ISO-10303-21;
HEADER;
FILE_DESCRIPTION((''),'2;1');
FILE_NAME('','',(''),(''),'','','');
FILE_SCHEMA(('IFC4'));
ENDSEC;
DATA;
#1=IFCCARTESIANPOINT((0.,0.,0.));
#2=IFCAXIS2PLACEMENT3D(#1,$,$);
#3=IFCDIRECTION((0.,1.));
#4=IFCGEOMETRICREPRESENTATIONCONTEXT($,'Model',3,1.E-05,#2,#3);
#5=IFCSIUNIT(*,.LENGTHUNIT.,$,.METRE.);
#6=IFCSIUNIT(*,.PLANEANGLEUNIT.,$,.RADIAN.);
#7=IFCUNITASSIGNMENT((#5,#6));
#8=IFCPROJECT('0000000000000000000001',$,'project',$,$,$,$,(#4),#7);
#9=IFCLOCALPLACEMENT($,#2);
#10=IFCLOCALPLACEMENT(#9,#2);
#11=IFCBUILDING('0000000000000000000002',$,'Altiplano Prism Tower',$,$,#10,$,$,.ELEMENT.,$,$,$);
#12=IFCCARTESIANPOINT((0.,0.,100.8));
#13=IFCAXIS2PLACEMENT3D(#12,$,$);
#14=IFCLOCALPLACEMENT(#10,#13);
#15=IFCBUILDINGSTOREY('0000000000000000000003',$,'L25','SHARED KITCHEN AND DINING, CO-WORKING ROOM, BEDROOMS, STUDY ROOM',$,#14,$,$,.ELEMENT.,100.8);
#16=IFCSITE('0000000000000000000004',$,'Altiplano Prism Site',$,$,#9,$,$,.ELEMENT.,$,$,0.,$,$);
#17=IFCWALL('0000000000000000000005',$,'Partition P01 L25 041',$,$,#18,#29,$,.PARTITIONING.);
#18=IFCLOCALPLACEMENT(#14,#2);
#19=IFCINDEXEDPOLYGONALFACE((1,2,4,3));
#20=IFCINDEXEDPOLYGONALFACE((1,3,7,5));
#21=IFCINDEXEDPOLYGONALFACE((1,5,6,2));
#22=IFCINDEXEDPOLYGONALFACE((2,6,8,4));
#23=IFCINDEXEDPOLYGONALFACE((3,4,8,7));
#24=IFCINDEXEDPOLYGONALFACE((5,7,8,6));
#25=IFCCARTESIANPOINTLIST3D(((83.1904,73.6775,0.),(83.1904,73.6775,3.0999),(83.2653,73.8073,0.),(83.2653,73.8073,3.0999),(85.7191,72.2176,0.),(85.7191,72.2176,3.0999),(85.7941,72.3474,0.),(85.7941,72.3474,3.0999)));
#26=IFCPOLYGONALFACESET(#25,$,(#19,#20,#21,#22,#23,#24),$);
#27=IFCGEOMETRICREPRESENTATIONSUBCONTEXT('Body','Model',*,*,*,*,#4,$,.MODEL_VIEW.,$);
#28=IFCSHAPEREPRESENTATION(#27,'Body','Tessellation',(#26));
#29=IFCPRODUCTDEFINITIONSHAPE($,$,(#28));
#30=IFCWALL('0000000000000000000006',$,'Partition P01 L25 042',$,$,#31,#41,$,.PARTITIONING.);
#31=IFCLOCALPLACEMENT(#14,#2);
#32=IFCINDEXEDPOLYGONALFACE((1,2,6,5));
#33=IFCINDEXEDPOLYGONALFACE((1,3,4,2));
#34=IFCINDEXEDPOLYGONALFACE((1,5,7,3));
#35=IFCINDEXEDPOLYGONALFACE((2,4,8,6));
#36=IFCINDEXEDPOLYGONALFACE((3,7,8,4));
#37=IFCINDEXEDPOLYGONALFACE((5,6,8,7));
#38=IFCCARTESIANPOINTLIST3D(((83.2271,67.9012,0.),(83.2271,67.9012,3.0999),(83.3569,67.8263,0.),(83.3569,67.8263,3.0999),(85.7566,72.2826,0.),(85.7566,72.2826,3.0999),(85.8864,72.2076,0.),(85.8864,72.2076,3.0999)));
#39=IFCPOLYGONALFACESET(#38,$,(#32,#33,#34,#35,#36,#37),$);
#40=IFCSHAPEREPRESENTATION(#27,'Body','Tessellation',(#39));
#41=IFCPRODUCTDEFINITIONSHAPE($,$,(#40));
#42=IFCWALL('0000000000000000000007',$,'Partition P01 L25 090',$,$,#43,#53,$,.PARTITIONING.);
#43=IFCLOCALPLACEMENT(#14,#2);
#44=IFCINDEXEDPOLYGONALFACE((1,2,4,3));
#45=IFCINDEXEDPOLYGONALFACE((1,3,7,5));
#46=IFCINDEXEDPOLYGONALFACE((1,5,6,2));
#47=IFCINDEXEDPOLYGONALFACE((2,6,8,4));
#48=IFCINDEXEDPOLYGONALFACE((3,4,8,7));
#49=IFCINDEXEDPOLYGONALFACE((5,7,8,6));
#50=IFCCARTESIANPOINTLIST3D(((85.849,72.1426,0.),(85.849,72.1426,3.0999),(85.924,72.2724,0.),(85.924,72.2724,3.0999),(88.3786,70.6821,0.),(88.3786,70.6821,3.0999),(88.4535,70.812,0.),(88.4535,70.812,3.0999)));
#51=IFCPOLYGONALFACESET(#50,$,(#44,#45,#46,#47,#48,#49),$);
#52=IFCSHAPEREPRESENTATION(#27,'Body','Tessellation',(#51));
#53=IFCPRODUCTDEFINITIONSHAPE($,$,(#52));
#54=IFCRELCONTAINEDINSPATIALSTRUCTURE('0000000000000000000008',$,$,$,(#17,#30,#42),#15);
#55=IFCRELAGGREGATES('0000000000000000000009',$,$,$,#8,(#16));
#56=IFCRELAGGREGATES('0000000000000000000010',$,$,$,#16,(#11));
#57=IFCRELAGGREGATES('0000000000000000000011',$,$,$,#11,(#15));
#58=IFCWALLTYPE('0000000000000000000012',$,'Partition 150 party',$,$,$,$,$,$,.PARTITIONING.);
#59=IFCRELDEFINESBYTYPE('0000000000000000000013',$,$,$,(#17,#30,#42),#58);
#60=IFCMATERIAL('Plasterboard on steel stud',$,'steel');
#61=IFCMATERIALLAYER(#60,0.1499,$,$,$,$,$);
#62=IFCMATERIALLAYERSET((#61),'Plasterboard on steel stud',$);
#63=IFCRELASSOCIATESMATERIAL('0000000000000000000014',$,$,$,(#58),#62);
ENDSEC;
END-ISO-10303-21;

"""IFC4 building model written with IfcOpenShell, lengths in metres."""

from ifc_helpers import new_model, si_unit, direction, frame, frame_2d, origin, place, context, subcontext, project, spatial, rectangle, extrude, material, layer, layer_set, type_object, element, save


model = new_model("IFC4")

# Units and contexts
model_context = context("Model", 3, precision=1e-05, world=origin(), true_north=direction((0.0, 1.0)))
body_context = subcontext(model_context, "Body", "Model", "MODEL_VIEW")
ifc_project = project(units=[si_unit("LENGTHUNIT", "METRE"), si_unit("PLANEANGLEUNIT", "RADIAN")], contexts=[model_context])

# Site, building, storey
site_placement = place(None, origin())
site = spatial("IfcSite", under=ifc_project, at=site_placement, Name="Altiplano Prism Site", CompositionType="ELEMENT", RefElevation=0.0)
building_placement = place(site_placement, origin())
building = spatial("IfcBuilding", under=site, at=building_placement, Name="Altiplano Prism Tower", CompositionType="ELEMENT")
storey_placement = place(building_placement, frame((0.0, 0.0, 100.8)))
storey = spatial("IfcBuildingStorey", under=building, at=storey_placement, Name="L25", Description="SHARED KITCHEN AND DINING, CO-WORKING ROOM, BEDROOMS, STUDY ROOM", CompositionType="ELEMENT", Elevation=100.8)

# Shared definitions
ifc_material_1 = material(Name="Plasterboard on steel stud", Category="steel")

# Walls
ifc_layer_1 = layer(ifc_material_1, 0.1499)
ifc_layer_set_1 = layer_set([ifc_layer_1], Name="Plasterboard on steel stud")
wall_type_1 = type_object("IfcWallType", Name="Partition 150 party", PredefinedType="PARTITIONING", material=ifc_layer_set_1)
wall_1_placement = place(storey_placement, frame((85.7566, 72.2825, 0.0), z_axis=(0.0, 0.0, 1.0), x_axis=(-0.866032, 0.499988, 0.0)))
element("IfcWall", 1, at=wall_1_placement, inside=storey, type_object=wall_type_1, Name="Partition P01 L25 041", PredefinedType="PARTITIONING", context=body_context, shape_type="SweptSolid", body=[
    extrude(rectangle(XDim=2.9199, YDim=0.1499, at=frame_2d((1.46, 0.0))), origin(), (0.0, 0.0, 1.0), 3.0999),
])
wall_2_placement = place(storey_placement, frame((83.292, 67.8638, 0.0), z_axis=(0.0, 0.0, 1.0), x_axis=(0.499995, 0.866028, 0.0)))
element("IfcWall", 2, at=wall_2_placement, inside=storey, type_object=wall_type_1, Name="Partition P01 L25 042", PredefinedType="PARTITIONING", context=body_context, shape_type="SweptSolid", body=[
    extrude(rectangle(XDim=5.0591, YDim=0.1499, at=frame_2d((2.5295, 0.0))), origin(), (0.0, 0.0, 1.0), 3.0999),
])
wall_3_placement = place(storey_placement, frame((85.8865, 72.2075, 0.0), z_axis=(0.0, 0.0, 1.0), x_axis=(0.866023, -0.500005, 0.0)))
element("IfcWall", 3, at=wall_3_placement, inside=storey, type_object=wall_type_1, Name="Partition P01 L25 090", PredefinedType="PARTITIONING", context=body_context, shape_type="SweptSolid", body=[
    extrude(rectangle(XDim=2.9209, YDim=0.1499, at=frame_2d((1.4604, 0.0))), origin(), (0.0, 0.0, 1.0), 3.0999),
])

save(model, "model.ifc")
